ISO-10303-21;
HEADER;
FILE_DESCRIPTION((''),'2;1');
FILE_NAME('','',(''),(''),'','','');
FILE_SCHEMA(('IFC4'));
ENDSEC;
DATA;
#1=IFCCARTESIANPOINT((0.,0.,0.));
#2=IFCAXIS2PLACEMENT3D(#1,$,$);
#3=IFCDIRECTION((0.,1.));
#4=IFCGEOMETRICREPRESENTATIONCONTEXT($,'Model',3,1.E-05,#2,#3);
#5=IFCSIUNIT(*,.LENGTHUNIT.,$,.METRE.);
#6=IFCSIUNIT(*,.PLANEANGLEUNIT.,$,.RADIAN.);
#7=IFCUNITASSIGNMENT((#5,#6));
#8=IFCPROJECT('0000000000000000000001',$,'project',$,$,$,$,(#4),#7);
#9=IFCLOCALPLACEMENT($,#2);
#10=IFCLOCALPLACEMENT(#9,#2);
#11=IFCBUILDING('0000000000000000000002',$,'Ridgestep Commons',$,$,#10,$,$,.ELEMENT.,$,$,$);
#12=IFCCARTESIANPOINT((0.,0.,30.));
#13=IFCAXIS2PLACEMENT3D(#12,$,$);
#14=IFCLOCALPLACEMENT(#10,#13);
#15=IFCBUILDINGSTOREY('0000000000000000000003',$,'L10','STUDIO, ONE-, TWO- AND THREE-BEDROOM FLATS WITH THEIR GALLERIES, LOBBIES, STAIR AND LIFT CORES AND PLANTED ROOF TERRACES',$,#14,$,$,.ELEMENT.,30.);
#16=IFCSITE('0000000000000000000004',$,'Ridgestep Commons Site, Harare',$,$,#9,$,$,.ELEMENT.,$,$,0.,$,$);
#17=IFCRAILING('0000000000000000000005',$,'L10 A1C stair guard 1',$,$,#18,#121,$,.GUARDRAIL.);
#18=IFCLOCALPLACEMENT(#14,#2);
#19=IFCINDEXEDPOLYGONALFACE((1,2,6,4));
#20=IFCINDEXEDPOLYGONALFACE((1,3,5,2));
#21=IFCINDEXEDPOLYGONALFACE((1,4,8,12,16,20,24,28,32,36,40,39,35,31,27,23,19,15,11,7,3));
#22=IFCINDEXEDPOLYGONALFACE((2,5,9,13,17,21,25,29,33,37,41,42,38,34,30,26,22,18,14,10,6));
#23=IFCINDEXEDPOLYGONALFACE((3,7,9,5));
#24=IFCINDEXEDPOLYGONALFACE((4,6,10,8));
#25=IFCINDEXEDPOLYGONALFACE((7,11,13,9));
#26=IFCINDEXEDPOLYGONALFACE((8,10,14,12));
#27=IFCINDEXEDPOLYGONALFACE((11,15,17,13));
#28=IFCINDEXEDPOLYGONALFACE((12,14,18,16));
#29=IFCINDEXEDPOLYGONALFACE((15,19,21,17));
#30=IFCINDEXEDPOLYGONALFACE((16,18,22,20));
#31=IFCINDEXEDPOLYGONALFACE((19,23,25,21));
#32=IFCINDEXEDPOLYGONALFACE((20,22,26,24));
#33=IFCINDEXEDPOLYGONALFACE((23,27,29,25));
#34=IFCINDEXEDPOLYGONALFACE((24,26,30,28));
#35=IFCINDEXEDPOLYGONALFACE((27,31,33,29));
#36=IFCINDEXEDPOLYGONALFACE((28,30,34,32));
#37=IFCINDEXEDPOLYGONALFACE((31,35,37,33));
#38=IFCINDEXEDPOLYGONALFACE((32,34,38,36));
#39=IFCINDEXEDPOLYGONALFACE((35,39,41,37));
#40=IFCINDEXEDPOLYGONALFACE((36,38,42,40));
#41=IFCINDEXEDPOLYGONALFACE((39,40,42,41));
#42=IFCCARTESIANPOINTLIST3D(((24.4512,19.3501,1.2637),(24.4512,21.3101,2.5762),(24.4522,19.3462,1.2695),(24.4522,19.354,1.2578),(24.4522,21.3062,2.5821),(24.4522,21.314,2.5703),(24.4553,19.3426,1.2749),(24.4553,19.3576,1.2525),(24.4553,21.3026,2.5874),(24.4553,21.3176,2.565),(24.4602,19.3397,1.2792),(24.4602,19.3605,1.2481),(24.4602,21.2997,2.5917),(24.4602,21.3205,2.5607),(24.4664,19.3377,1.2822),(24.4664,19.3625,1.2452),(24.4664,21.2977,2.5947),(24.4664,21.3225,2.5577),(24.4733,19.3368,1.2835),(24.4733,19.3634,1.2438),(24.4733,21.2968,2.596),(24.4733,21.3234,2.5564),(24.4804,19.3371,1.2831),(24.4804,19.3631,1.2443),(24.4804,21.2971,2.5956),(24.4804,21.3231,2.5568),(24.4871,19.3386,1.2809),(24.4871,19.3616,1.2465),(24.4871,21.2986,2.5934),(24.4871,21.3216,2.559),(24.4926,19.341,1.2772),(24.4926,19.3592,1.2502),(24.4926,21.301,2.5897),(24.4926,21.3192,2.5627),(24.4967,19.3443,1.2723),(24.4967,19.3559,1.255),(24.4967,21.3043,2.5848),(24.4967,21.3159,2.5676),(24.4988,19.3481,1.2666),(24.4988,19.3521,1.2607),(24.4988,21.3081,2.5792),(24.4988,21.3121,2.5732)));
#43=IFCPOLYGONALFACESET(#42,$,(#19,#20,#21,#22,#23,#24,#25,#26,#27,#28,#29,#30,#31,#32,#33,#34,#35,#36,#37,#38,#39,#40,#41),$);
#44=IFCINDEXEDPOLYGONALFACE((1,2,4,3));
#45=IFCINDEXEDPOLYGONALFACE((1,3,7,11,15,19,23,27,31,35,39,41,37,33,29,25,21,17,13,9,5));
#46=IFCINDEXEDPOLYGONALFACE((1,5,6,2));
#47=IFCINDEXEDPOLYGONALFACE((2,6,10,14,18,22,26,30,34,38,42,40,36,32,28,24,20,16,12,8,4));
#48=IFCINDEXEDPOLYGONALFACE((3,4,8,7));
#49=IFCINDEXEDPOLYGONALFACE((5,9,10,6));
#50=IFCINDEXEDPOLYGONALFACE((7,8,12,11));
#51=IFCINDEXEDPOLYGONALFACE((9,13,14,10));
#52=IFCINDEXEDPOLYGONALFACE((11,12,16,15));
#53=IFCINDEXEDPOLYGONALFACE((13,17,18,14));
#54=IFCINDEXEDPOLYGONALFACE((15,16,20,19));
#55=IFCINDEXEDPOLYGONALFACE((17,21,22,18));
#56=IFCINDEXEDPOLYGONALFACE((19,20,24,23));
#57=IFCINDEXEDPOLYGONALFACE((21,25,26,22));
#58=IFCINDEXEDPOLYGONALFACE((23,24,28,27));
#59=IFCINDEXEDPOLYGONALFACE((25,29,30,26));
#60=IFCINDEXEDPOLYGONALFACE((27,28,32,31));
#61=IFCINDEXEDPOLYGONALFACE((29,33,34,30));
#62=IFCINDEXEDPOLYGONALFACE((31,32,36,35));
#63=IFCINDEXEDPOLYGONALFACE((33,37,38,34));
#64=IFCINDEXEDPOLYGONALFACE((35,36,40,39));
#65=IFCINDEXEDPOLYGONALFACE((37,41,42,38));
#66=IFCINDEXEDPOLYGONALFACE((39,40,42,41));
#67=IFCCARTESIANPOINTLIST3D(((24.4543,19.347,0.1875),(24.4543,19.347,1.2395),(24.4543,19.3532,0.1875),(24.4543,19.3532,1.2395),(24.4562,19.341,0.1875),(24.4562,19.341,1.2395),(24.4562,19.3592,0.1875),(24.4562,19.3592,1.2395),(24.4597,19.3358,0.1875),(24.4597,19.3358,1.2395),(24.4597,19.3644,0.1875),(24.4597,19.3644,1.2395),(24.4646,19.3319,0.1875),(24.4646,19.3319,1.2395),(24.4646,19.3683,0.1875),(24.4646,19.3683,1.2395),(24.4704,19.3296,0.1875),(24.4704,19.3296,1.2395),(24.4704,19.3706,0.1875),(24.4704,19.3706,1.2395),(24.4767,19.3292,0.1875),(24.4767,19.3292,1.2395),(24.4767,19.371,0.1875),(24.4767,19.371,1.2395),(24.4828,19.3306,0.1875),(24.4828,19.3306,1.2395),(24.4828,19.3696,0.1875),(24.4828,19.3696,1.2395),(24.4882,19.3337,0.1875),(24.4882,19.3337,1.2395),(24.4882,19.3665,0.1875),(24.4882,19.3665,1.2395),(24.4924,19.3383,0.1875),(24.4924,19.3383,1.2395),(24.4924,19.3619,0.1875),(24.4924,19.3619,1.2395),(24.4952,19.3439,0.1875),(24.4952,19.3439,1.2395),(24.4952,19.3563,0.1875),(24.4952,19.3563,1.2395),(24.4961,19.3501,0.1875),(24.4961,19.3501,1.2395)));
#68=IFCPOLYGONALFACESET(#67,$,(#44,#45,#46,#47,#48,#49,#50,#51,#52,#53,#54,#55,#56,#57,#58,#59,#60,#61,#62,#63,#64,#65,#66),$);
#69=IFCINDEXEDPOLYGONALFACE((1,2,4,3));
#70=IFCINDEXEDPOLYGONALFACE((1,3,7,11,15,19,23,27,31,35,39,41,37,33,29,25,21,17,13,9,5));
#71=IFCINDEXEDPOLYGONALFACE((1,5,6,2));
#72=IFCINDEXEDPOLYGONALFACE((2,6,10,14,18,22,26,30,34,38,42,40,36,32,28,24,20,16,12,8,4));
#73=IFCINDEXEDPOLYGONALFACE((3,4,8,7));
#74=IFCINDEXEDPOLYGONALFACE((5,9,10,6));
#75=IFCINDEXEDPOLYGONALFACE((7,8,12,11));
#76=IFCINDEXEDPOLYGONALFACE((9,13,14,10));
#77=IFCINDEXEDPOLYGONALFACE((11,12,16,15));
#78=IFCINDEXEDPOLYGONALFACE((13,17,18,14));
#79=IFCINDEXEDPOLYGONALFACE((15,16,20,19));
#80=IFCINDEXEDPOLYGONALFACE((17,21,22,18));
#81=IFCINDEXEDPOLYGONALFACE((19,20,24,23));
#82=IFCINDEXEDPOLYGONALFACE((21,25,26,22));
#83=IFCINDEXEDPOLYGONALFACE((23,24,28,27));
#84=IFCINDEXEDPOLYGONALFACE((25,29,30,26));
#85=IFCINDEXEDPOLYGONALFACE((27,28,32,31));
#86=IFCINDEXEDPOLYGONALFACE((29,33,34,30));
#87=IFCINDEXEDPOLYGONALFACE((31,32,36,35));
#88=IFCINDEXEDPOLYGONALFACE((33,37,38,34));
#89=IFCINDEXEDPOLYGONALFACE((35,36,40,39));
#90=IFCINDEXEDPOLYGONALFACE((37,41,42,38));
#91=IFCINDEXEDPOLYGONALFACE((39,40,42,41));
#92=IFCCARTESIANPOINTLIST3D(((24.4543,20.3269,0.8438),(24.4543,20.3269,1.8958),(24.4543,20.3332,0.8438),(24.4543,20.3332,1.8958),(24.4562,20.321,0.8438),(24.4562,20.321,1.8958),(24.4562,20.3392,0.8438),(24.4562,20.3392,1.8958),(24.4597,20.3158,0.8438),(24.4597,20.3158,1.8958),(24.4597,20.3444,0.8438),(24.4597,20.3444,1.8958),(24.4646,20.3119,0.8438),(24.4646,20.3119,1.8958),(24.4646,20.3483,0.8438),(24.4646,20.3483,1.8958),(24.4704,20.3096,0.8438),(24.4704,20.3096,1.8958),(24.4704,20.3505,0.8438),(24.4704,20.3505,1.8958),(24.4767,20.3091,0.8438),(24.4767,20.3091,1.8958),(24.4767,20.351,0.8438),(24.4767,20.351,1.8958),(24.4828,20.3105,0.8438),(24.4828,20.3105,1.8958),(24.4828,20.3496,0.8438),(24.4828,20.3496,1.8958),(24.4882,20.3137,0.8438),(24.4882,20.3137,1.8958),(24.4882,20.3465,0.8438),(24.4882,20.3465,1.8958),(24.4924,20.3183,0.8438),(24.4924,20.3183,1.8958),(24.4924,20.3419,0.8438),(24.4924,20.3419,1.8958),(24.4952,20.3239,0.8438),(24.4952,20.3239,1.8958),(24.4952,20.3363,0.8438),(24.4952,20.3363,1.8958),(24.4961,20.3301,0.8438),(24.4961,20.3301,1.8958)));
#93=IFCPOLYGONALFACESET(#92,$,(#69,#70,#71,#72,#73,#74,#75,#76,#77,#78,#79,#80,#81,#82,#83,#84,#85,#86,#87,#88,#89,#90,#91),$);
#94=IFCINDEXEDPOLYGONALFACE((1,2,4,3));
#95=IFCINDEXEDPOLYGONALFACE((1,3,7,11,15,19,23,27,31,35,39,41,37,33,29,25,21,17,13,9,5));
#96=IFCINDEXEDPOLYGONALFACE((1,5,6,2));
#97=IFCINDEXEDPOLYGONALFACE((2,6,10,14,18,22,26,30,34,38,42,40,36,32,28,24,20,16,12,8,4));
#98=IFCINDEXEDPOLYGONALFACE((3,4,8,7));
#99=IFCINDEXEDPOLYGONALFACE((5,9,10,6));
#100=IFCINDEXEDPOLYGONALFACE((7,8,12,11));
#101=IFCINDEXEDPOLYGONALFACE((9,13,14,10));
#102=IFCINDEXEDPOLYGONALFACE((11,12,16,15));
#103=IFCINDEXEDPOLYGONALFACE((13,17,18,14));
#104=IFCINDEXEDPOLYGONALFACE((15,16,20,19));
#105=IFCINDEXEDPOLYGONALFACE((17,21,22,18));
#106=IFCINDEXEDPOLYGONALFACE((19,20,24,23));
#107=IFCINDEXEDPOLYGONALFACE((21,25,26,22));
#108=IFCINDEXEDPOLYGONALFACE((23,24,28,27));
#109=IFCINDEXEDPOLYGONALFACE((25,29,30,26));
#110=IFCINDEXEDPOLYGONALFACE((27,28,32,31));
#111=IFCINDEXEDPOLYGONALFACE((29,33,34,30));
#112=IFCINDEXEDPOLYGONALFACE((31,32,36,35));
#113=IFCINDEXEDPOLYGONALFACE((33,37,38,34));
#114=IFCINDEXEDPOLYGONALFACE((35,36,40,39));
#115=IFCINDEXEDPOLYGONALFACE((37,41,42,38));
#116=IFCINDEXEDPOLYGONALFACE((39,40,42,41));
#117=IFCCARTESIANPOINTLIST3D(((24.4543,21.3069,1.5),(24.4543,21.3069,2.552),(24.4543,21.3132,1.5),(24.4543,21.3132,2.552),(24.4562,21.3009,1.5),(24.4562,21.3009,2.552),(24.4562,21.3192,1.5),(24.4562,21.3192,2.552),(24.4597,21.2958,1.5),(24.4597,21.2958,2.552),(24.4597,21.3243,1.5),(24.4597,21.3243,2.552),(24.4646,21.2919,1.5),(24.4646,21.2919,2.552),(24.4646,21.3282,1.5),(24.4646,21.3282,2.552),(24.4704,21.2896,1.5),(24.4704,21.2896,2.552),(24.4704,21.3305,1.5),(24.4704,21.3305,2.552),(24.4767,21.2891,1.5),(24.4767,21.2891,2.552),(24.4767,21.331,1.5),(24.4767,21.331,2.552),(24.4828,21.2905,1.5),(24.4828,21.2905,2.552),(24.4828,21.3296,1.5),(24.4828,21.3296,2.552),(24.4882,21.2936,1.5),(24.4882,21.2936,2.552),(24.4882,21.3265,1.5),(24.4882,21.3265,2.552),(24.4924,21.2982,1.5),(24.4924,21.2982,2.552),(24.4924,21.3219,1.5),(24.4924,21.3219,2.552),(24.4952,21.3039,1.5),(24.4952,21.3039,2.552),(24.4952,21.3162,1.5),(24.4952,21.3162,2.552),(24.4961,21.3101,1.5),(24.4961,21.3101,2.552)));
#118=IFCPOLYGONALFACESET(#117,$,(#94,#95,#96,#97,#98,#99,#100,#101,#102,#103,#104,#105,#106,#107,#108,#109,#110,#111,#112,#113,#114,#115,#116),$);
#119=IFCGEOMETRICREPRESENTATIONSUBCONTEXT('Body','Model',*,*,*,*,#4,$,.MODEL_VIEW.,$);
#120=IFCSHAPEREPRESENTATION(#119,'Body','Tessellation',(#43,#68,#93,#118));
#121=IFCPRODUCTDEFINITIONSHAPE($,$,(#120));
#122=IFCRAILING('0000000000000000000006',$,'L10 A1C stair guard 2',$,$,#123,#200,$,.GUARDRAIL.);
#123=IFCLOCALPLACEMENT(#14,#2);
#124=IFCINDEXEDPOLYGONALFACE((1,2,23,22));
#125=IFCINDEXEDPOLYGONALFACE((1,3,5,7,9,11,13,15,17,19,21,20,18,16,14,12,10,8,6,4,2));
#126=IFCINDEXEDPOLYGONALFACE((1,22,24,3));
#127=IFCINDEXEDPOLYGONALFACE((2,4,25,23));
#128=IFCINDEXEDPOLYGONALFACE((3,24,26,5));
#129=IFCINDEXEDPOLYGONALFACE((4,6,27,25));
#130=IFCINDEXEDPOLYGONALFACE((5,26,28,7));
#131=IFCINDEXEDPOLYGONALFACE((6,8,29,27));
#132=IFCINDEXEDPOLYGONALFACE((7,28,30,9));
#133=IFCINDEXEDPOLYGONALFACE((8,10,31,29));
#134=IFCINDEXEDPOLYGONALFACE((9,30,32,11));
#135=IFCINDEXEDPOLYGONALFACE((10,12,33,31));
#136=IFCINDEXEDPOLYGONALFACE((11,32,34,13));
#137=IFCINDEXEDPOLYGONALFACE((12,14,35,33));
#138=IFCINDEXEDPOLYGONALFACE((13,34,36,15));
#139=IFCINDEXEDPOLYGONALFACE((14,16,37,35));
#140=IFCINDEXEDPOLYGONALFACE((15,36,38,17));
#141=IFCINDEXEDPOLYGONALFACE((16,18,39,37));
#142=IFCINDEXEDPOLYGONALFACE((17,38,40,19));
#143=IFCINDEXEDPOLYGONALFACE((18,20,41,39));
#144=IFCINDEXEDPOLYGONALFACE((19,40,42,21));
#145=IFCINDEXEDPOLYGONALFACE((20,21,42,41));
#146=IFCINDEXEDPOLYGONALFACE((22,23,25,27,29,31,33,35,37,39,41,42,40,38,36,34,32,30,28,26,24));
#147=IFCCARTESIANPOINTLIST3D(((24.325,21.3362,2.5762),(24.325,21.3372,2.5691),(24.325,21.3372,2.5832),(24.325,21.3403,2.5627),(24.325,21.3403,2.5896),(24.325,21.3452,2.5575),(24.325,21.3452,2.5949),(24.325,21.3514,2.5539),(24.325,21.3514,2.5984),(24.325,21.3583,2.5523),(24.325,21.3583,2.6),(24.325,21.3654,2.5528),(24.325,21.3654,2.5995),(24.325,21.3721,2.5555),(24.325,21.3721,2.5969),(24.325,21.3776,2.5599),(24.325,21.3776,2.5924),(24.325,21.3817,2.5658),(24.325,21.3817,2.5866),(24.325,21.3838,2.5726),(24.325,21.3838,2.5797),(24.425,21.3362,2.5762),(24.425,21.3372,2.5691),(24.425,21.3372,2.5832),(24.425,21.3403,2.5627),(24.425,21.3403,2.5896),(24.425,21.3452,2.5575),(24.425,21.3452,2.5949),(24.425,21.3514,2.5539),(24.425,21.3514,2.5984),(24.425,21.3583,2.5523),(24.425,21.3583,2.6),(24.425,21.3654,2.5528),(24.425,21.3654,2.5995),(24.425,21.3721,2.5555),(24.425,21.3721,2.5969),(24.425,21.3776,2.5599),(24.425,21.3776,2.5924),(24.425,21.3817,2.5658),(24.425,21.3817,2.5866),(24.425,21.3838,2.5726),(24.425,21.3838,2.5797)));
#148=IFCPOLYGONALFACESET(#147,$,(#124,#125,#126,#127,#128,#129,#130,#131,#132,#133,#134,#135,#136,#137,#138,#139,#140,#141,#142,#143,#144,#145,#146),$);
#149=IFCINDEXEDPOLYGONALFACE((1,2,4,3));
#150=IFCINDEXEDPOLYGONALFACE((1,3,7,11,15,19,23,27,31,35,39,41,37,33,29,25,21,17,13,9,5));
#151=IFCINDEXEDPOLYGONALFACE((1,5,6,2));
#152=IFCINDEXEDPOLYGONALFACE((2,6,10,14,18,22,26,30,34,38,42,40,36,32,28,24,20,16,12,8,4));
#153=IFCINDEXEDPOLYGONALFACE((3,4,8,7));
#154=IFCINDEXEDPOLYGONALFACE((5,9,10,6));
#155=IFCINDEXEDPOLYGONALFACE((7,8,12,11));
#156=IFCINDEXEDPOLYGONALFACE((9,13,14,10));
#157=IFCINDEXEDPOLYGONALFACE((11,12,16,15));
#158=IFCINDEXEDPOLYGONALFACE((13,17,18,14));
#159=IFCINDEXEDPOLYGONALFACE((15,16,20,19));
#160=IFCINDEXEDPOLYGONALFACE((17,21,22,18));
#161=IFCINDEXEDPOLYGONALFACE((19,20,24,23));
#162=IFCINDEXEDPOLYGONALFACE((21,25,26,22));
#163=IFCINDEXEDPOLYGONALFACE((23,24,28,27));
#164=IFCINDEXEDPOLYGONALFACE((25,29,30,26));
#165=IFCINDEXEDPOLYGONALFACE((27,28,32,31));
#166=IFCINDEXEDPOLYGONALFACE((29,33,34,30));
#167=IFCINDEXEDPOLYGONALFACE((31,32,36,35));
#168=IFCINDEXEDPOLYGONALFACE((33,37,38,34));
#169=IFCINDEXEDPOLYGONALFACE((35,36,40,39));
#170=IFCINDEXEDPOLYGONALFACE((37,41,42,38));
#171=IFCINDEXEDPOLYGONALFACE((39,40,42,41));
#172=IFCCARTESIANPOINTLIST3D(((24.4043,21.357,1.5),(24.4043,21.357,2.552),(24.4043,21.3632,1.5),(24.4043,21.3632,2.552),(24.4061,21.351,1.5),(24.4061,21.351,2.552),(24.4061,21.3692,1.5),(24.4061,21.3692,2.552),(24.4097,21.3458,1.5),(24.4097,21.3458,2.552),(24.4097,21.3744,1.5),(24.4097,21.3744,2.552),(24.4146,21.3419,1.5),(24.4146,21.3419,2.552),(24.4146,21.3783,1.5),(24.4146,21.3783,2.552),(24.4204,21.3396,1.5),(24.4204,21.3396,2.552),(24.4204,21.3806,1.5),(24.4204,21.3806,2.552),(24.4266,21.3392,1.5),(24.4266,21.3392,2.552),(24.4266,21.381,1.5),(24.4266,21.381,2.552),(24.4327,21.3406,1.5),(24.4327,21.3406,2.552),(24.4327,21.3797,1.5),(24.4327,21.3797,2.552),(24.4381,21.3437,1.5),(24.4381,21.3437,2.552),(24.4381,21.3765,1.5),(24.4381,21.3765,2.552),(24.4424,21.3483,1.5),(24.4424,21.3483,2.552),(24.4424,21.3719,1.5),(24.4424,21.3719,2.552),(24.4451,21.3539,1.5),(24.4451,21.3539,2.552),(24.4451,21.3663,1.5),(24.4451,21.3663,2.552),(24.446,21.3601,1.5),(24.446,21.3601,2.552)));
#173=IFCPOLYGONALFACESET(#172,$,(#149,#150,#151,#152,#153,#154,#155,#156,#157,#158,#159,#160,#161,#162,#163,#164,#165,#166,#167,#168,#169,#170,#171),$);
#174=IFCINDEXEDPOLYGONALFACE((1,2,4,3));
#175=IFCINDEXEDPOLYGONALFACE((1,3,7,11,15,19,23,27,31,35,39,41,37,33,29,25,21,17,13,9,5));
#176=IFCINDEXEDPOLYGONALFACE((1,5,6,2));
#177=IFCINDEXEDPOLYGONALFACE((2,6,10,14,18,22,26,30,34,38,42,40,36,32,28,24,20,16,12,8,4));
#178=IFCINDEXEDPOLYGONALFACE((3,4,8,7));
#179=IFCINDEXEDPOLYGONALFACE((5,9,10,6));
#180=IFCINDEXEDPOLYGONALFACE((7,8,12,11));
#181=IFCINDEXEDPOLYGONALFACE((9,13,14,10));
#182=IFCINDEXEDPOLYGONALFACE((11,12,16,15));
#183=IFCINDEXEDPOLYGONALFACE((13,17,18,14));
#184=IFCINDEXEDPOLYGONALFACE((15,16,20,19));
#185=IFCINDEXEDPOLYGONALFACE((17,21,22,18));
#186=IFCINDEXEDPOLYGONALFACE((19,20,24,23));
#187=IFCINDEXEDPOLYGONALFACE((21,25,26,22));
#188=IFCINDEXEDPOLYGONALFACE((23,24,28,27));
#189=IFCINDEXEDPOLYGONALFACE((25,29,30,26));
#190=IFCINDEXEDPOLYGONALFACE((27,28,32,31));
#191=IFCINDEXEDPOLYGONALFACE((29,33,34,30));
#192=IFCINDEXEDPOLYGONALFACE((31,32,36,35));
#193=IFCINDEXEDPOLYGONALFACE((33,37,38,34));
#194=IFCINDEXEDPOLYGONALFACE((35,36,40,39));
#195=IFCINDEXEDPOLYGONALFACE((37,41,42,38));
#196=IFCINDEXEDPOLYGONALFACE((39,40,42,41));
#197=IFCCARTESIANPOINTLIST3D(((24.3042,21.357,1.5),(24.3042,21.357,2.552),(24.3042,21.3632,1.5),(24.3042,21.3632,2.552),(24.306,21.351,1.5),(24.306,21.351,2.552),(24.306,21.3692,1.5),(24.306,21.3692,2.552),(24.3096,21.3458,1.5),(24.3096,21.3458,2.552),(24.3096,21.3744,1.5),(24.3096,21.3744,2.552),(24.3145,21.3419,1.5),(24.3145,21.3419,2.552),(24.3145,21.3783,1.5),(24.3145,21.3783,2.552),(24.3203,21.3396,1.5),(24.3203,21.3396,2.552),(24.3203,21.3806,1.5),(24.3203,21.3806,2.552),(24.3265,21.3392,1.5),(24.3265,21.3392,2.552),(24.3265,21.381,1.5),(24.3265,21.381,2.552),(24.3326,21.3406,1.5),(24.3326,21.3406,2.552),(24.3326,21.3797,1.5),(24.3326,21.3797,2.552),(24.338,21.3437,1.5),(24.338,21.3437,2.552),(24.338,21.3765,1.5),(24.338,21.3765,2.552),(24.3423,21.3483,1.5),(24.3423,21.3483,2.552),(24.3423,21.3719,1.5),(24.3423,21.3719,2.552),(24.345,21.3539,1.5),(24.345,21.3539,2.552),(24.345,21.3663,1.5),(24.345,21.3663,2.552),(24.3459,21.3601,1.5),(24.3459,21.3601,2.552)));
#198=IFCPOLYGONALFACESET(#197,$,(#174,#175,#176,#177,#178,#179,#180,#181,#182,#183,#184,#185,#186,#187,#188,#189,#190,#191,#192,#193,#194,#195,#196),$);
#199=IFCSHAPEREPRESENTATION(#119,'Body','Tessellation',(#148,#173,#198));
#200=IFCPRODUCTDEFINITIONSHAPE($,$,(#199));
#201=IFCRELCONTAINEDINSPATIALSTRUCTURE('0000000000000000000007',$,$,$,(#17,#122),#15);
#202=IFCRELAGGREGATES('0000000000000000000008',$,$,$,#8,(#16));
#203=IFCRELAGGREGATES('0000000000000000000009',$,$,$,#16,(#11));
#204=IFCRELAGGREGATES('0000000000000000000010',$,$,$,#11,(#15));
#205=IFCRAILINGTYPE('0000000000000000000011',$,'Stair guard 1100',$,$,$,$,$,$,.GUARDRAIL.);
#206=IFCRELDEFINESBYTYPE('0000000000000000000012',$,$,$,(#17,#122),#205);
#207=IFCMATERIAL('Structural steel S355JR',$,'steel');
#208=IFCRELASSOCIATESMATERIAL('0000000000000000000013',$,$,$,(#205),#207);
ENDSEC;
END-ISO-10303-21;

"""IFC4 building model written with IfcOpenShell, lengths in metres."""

from ifc_helpers import new_model, si_unit, direction, frame, origin, origin_2d, place, context, subcontext, project, spatial, circle, extrude, material, type_object, element, save


model = new_model("IFC4")

# Units and contexts
model_context = context("Model", 3, precision=1e-05, world=origin(), true_north=direction((0.0, 1.0)))
body_context = subcontext(model_context, "Body", "Model", "MODEL_VIEW")
ifc_project = project(units=[si_unit("LENGTHUNIT", "METRE"), si_unit("PLANEANGLEUNIT", "RADIAN")], contexts=[model_context])

# Site, building, storey
site_placement = place(None, origin())
site = spatial("IfcSite", under=ifc_project, at=site_placement, Name="Ridgestep Commons Site, Harare", CompositionType="ELEMENT", RefElevation=0.0)
building_placement = place(site_placement, origin())
building = spatial("IfcBuilding", under=site, at=building_placement, Name="Ridgestep Commons", CompositionType="ELEMENT")
storey_placement = place(building_placement, frame((0.0, 0.0, 30.0)))
storey = spatial("IfcBuildingStorey", under=building, at=storey_placement, Name="L10", Description="STUDIO, ONE-, TWO- AND THREE-BEDROOM FLATS WITH THEIR GALLERIES, LOBBIES, STAIR AND LIFT CORES AND PLANTED ROOF TERRACES", CompositionType="ELEMENT", Elevation=30.0)

# Railings
ifc_material_1 = material(Name="Structural steel S355JR", Category="steel")
railing_type_1 = type_object("IfcRailingType", Name="Stair guard 1100", PredefinedType="GUARDRAIL", material=ifc_material_1)
railing_1_placement = place(storey_placement, frame((24.4751, 19.3501, 0.1875)))
element("IfcRailing", 1, at=railing_1_placement, inside=storey, type_object=railing_type_1, Name="L10 A1C stair guard 1", PredefinedType="GUARDRAIL", context=body_context, shape_type="SweptSolid", body=[
    extrude(circle(Radius=0.0239, at=origin_2d()), frame((0.0, 0.0, 1.0762), z_axis=(0.0, 0.830902, 0.556419), x_axis=(-1.0, 0.0, 0.0)), (0.0, 0.0, 1.0), 2.3589),
    extrude(circle(Radius=0.021, at=origin_2d()), origin(), (0.0, 0.0, 1.0), 1.052),
    extrude(circle(Radius=0.021, at=origin_2d()), frame((0.0, 0.98, 0.6562)), (0.0, 0.0, 1.0), 1.052),
    extrude(circle(Radius=0.021, at=origin_2d()), frame((0.0, 1.96, 1.3125)), (0.0, 0.0, 1.0), 1.052),
])
for number, where, name in (
    (2, (24.425, 21.3601, 1.5), "L10 A1C stair guard 2"),
):
    element("IfcRailing", number, at=place(storey_placement, frame(where)), inside=storey, type_object=railing_type_1, Name=name, PredefinedType="GUARDRAIL", context=body_context, shape_type="SweptSolid", body=[
        extrude(circle(Radius=0.0239, at=origin_2d()), frame((0.0, 0.0, 1.0762), z_axis=(-1.0, 0.0, 0.0), x_axis=(0.0, -1.0, 0.0)), (0.0, 0.0, 1.0), 0.1001),
        extrude(circle(Radius=0.021, at=origin_2d()), origin(), (0.0, 0.0, 1.0), 1.052),
        extrude(circle(Radius=0.021, at=origin_2d()), frame((-0.1001, 0.0, 0.0)), (0.0, 0.0, 1.0), 1.052),
    ])

save(model, "model.ifc")
